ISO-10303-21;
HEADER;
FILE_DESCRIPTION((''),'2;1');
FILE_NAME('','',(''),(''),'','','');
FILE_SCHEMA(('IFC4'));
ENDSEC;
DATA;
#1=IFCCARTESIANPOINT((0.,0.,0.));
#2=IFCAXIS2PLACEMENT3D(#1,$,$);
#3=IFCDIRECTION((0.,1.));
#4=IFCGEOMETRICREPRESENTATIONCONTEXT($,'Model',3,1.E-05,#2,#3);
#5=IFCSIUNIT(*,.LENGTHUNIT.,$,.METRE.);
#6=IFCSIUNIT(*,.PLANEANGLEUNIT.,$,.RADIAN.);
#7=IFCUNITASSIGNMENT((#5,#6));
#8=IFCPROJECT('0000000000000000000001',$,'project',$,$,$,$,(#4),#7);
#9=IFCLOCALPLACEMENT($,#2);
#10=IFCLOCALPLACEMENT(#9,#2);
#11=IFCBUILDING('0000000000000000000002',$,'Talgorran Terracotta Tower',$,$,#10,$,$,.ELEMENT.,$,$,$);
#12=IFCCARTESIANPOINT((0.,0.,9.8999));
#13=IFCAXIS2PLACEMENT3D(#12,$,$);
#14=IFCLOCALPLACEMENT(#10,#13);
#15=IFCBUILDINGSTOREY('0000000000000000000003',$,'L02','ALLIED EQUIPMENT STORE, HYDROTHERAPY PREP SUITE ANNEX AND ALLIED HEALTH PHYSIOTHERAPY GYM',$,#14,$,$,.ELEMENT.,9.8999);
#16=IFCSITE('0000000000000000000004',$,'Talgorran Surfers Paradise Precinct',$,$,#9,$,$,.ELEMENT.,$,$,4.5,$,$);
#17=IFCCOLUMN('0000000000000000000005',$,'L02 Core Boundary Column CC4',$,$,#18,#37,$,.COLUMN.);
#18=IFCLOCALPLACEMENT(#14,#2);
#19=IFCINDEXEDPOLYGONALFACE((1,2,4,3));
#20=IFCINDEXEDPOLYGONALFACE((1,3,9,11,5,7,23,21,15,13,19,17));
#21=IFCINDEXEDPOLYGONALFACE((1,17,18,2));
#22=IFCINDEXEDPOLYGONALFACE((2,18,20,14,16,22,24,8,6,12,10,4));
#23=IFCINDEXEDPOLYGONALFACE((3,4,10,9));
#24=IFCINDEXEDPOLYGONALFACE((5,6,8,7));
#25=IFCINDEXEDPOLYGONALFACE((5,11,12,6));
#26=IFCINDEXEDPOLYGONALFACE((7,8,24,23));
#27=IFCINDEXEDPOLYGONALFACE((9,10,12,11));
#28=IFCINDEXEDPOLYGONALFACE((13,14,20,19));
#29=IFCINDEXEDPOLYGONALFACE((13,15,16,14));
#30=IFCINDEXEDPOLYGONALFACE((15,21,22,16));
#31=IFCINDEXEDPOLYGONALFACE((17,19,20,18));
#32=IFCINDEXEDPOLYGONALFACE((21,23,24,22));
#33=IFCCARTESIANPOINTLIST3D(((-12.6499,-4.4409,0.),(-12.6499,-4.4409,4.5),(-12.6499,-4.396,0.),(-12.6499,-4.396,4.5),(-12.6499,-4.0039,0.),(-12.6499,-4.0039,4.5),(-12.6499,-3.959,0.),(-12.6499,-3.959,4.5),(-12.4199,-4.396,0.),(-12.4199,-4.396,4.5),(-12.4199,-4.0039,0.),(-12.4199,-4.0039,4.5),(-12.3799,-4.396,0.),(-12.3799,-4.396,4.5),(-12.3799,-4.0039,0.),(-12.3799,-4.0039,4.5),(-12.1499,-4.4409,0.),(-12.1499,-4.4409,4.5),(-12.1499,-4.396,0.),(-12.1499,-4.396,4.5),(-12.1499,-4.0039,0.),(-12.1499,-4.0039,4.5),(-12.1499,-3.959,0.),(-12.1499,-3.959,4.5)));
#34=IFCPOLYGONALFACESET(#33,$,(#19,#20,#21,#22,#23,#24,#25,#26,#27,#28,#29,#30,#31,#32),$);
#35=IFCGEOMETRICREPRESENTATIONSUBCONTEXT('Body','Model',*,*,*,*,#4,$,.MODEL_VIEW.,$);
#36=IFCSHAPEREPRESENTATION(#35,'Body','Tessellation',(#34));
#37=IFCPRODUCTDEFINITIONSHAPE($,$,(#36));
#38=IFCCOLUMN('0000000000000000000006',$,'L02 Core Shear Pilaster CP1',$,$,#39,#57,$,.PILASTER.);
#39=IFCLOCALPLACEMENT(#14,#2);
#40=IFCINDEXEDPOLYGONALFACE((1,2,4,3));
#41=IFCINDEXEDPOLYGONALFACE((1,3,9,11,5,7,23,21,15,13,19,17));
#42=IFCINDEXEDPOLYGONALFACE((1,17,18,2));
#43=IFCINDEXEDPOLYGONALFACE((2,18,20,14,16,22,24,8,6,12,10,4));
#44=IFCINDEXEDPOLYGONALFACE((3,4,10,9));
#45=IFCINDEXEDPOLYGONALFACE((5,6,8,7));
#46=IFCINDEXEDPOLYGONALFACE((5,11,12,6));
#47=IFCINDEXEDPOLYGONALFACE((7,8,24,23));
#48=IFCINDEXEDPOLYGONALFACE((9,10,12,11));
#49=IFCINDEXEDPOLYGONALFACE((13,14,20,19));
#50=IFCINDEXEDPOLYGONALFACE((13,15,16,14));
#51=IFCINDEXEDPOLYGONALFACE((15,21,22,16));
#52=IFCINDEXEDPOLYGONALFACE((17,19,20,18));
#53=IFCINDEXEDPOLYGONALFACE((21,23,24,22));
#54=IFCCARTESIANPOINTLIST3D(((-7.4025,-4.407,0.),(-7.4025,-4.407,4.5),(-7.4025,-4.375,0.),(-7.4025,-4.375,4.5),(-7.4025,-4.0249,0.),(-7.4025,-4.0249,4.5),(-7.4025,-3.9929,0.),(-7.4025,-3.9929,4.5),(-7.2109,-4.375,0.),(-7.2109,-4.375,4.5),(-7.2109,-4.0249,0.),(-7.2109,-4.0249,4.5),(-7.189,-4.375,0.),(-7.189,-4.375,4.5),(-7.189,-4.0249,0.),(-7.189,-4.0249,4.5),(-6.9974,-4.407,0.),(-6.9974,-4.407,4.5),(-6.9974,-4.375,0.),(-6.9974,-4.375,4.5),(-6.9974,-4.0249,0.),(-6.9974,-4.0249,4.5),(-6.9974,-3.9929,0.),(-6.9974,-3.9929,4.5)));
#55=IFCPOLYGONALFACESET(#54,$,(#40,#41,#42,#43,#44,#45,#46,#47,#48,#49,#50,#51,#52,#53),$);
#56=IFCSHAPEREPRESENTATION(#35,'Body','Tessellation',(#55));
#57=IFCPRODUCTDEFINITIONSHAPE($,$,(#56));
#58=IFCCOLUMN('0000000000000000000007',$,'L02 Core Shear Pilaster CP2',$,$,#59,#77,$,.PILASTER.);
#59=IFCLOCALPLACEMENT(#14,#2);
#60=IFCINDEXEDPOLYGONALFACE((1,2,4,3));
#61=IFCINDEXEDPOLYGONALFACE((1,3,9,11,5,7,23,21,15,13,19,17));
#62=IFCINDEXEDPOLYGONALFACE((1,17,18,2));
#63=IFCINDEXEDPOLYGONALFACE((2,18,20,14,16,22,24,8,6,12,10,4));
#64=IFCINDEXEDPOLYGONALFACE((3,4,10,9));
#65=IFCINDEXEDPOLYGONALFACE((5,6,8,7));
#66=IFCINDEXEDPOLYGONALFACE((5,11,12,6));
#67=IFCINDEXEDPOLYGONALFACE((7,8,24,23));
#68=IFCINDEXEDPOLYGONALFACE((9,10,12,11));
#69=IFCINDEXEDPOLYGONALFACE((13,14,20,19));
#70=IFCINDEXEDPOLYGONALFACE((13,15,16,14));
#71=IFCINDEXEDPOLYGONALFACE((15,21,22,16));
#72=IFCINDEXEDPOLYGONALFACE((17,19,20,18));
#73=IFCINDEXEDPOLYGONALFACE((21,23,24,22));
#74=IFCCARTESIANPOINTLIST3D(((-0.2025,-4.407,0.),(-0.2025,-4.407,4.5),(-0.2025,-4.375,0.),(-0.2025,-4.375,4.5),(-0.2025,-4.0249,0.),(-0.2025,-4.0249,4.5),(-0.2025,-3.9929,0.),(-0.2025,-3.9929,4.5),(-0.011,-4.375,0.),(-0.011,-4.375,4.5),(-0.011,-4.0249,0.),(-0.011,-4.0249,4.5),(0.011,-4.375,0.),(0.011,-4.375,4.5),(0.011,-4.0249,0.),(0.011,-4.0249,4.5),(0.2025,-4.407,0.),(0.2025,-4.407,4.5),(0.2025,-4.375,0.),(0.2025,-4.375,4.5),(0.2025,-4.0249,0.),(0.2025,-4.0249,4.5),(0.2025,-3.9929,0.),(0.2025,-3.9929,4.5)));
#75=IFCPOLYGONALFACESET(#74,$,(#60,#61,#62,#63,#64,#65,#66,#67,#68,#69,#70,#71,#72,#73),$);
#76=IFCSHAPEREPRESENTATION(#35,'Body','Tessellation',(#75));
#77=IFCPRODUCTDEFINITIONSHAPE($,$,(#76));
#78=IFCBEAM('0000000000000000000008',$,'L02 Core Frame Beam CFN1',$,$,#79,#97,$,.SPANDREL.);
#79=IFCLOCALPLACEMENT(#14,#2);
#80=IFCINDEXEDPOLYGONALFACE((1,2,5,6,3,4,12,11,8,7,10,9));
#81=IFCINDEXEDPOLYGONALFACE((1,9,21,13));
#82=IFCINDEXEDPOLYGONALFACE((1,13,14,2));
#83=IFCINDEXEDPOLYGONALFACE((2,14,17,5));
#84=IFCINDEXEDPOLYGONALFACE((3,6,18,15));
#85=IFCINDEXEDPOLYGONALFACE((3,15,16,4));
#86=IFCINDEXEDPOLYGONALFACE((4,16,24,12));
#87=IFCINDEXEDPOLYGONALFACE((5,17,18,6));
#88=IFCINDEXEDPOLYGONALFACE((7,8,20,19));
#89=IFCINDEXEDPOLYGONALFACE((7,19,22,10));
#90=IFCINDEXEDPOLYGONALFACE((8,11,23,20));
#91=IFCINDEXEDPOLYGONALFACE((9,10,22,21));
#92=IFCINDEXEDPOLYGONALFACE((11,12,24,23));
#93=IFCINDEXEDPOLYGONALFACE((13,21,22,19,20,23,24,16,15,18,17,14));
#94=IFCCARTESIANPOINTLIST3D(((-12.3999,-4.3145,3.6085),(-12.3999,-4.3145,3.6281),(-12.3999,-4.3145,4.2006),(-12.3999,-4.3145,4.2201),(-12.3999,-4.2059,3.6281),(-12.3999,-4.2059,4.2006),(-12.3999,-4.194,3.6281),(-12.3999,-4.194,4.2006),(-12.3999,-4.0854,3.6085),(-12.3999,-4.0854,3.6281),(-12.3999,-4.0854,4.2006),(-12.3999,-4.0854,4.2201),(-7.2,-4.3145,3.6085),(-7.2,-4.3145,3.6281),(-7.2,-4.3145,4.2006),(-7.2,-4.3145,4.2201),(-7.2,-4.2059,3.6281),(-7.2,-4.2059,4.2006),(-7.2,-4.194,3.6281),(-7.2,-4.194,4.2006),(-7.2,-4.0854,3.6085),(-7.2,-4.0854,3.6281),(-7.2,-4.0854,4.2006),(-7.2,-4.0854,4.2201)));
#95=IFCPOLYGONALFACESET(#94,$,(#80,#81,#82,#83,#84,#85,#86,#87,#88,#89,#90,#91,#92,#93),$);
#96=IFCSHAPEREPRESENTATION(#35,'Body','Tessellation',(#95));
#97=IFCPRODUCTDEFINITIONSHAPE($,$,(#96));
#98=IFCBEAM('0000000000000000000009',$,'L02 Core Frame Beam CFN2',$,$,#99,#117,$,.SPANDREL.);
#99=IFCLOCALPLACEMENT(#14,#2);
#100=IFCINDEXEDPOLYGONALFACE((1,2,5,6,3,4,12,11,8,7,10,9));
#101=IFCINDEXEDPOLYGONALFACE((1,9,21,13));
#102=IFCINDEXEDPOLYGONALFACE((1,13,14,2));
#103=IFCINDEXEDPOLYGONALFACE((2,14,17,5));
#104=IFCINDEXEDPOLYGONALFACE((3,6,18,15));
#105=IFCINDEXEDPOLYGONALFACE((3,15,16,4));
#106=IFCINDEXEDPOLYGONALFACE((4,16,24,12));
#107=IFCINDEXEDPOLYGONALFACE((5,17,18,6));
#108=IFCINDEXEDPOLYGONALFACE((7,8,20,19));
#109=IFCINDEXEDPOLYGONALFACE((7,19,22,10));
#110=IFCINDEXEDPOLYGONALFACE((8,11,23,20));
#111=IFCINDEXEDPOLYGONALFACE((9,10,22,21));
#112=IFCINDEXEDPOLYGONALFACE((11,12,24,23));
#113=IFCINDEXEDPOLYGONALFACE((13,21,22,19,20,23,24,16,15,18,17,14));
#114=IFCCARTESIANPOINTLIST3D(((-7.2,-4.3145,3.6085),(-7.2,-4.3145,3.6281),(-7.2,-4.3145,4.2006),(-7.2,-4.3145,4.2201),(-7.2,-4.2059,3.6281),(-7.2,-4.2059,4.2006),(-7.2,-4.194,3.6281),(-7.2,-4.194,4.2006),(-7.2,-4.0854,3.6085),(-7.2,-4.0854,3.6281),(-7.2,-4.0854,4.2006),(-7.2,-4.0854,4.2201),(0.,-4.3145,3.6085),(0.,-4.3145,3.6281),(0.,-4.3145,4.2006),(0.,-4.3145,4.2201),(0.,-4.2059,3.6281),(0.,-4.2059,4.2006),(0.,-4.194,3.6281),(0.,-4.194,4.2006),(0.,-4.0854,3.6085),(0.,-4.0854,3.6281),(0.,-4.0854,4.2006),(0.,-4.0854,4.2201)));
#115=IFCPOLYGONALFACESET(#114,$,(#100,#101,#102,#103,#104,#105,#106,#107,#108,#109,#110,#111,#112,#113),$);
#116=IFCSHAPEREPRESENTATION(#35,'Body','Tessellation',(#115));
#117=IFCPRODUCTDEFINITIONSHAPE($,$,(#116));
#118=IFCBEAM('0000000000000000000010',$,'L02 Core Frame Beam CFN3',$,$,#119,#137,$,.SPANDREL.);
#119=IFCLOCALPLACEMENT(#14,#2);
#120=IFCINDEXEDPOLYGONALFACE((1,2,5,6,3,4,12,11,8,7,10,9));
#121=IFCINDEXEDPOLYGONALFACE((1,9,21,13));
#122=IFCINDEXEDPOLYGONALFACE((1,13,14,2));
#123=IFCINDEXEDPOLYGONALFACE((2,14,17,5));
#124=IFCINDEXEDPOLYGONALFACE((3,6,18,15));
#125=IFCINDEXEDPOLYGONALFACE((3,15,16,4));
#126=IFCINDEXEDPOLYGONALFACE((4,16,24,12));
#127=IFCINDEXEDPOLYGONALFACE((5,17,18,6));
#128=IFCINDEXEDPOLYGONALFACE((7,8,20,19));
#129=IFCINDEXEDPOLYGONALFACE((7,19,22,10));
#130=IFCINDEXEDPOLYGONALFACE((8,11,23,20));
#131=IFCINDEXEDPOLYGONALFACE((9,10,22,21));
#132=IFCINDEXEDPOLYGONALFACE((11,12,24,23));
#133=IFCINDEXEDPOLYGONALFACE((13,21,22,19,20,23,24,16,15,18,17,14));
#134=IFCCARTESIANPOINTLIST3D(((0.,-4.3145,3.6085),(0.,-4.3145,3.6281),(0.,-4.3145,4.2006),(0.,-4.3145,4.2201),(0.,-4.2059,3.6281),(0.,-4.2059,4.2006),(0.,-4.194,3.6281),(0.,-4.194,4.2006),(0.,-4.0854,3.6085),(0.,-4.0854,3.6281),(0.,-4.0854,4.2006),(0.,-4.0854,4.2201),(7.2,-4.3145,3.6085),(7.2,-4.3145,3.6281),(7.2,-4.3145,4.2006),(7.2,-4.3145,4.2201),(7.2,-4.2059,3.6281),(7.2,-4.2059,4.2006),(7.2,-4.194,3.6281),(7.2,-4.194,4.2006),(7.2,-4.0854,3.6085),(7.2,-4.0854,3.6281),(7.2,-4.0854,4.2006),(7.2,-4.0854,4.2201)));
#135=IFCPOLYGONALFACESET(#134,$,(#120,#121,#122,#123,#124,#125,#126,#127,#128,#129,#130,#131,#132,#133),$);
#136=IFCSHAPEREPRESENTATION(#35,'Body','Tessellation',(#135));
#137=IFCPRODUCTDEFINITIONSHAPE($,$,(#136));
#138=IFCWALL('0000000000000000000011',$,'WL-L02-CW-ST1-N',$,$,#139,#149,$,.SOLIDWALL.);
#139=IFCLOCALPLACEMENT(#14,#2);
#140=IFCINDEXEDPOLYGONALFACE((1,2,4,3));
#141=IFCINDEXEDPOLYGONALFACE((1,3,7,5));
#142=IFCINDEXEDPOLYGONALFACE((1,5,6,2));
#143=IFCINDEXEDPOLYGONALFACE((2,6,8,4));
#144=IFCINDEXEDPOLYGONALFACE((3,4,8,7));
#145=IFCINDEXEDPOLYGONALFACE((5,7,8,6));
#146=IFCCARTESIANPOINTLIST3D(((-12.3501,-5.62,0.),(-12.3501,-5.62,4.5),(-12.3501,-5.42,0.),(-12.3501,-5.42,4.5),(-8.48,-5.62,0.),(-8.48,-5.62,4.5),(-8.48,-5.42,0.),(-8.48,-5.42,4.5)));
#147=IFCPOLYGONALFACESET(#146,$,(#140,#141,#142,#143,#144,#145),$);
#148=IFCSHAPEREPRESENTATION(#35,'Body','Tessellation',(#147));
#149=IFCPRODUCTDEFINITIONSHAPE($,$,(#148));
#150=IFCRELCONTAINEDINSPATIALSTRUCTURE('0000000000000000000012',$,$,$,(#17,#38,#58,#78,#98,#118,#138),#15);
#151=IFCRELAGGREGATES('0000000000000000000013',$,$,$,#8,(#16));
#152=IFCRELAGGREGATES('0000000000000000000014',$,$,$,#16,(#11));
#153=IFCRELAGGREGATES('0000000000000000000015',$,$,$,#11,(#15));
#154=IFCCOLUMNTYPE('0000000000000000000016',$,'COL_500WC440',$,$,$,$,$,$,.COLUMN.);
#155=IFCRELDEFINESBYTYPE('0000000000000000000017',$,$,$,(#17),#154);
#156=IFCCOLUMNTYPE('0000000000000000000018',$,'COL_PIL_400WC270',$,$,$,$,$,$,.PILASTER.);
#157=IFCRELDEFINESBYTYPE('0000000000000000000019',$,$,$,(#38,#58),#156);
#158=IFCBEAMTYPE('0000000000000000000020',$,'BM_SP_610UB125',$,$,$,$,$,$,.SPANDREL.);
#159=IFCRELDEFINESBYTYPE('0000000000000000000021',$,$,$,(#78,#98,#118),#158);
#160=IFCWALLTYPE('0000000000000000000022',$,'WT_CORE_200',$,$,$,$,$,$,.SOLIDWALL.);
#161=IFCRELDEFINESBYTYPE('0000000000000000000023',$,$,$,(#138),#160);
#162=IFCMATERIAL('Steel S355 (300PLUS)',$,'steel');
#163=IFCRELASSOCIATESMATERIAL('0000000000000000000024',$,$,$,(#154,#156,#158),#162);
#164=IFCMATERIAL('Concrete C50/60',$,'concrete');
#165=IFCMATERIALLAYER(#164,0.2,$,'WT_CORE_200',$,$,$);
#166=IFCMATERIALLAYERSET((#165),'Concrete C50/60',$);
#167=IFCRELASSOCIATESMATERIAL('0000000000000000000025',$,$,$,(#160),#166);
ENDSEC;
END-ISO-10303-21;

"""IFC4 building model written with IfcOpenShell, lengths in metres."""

from ifc_helpers import new_model, si_unit, direction, frame, frame_2d, origin, origin_2d, place, context, subcontext, project, spatial, rectangle, i_section, extrude, material, layer, layer_set, material_profile, profile_set, type_object, element, save


model = new_model("IFC4")

# Units and contexts
model_context = context("Model", 3, precision=1e-05, world=origin(), true_north=direction((0.0, 1.0)))
body_context = subcontext(model_context, "Body", "Model", "MODEL_VIEW")
ifc_project = project(units=[si_unit("LENGTHUNIT", "METRE"), si_unit("PLANEANGLEUNIT", "RADIAN")], contexts=[model_context])

# Site, building, storey
site_placement = place(None, origin())
site = spatial("IfcSite", under=ifc_project, at=site_placement, Name="Talgorran Surfers Paradise Precinct", CompositionType="ELEMENT", RefElevation=4.5)
building_placement = place(site_placement, origin())
building = spatial("IfcBuilding", under=site, at=building_placement, Name="Talgorran Terracotta Tower", CompositionType="ELEMENT")
storey_placement = place(building_placement, frame((0.0, 0.0, 9.8999)))
storey = spatial("IfcBuildingStorey", under=building, at=storey_placement, Name="L02", Description="ALLIED EQUIPMENT STORE, HYDROTHERAPY PREP SUITE ANNEX AND ALLIED HEALTH PHYSIOTHERAPY GYM", CompositionType="ELEMENT", Elevation=9.8999)

# Columns
ifc_material_1 = material(Name="Steel S355 (300PLUS)", Category="steel")
ifc_material_profile_1 = material_profile(ifc_material_1, i_section(OverallWidth=0.5, OverallDepth=0.4819, WebThickness=0.04, FlangeThickness=0.0449, at=origin_2d()), Name="500WC440")
ifc_profile_set_1 = profile_set([ifc_material_profile_1], Name="Steel S355 (300PLUS)")
column_type_1 = type_object("IfcColumnType", Name="COL_500WC440", PredefinedType="COLUMN", material=ifc_profile_set_1)
column_placement = place(storey_placement, frame((-12.3999, -4.2, 0.0), z_axis=(0.0, 0.0, 1.0), x_axis=(1.0, 0.0, 0.0)))
element("IfcColumn", 1, at=column_placement, inside=storey, type_object=column_type_1, Name="L02 Core Boundary Column CC4", PredefinedType="COLUMN", context=body_context, shape_type="SweptSolid", body=[
    extrude(i_section(OverallWidth=0.5, OverallDepth=0.4819, WebThickness=0.04, FlangeThickness=0.0449, at=origin_2d()), origin(), (0.0, 0.0, 1.0), 4.5),
])
ifc_material_profile_2 = material_profile(ifc_material_1, i_section(OverallWidth=0.405, OverallDepth=0.4141, WebThickness=0.022, FlangeThickness=0.032, at=origin_2d()), Name="400WC270")
ifc_profile_set_2 = profile_set([ifc_material_profile_2], Name="Steel S355 (300PLUS)")
column_type_2 = type_object("IfcColumnType", Name="COL_PIL_400WC270", PredefinedType="PILASTER", material=ifc_profile_set_2)
for number, where, z_axis, x_axis, name in (
    (2, (-7.2, -4.2, 0.0), (0.0, 0.0, 1.0), (1.0, 0.0, 0.0), "L02 Core Shear Pilaster CP1"),
    (3, (0.0, -4.2, 0.0), (0.0, 0.0, 1.0), (1.0, 0.0, 0.0), "L02 Core Shear Pilaster CP2"),
):
    element("IfcColumn", number, at=place(storey_placement, frame(where, z_axis=z_axis, x_axis=x_axis)), inside=storey, type_object=column_type_2, Name=name, PredefinedType="PILASTER", context=body_context, shape_type="SweptSolid", body=[
        extrude(i_section(OverallWidth=0.405, OverallDepth=0.4141, WebThickness=0.022, FlangeThickness=0.032, at=origin_2d()), origin(), (0.0, 0.0, 1.0), 4.5),
    ])

# Beams
ifc_material_profile_3 = material_profile(ifc_material_1, i_section(OverallWidth=0.229, OverallDepth=0.6116, WebThickness=0.012, FlangeThickness=0.0195, at=origin_2d()), Name="610UB125")
ifc_profile_set_3 = profile_set([ifc_material_profile_3], Name="Steel S355 (300PLUS)")
beam_type = type_object("IfcBeamType", Name="BM_SP_610UB125", PredefinedType="SPANDREL", material=ifc_profile_set_3)
beam_placement = place(storey_placement, frame((-12.3999, -4.2, 3.9143), z_axis=(1.0, 0.0, 0.0), x_axis=(0.0, 1.0, 0.0)))
element("IfcBeam", 4, at=beam_placement, inside=storey, type_object=beam_type, Name="L02 Core Frame Beam CFN1", PredefinedType="SPANDREL", context=body_context, shape_type="SweptSolid", body=[
    extrude(i_section(OverallWidth=0.229, OverallDepth=0.6116, WebThickness=0.012, FlangeThickness=0.0195, at=origin_2d()), origin(), (0.0, 0.0, 1.0), 5.2),
])
for number, where, z_axis, x_axis, name in (
    (5, (-7.2, -4.2, 3.9143), (1.0, 0.0, 0.0), (0.0, 1.0, 0.0), "L02 Core Frame Beam CFN2"),
    (6, (0.0, -4.2, 3.9143), (1.0, 0.0, 0.0), (0.0, 1.0, 0.0), "L02 Core Frame Beam CFN3"),
):
    element("IfcBeam", number, at=place(storey_placement, frame(where, z_axis=z_axis, x_axis=x_axis)), inside=storey, type_object=beam_type, Name=name, PredefinedType="SPANDREL", context=body_context, shape_type="SweptSolid", body=[
        extrude(i_section(OverallWidth=0.229, OverallDepth=0.6116, WebThickness=0.012, FlangeThickness=0.0195, at=origin_2d()), origin(), (0.0, 0.0, 1.0), 7.2),
    ])

# Wall
ifc_material_2 = material(Name="Concrete C50/60", Category="concrete")
ifc_layer_1 = layer(ifc_material_2, 0.2, Name="WT_CORE_200")
ifc_layer_set_1 = layer_set([ifc_layer_1], Name="Concrete C50/60")
wall_type_1 = type_object("IfcWallType", Name="WT_CORE_200", PredefinedType="SOLIDWALL", material=ifc_layer_set_1)
wall_1_placement = place(storey_placement, frame((-12.3501, -5.52, 0.0), z_axis=(0.0, 0.0, 1.0), x_axis=(1.0, 0.0, 0.0)))
element("IfcWall", 7, at=wall_1_placement, inside=storey, type_object=wall_type_1, Name="WL-L02-CW-ST1-N", PredefinedType="SOLIDWALL", context=body_context, shape_type="SweptSolid", body=[
    extrude(rectangle(XDim=3.8701, YDim=0.2, at=frame_2d((1.9351, 0.0))), origin(), (0.0, 0.0, 1.0), 4.5),
])

save(model, "model.ifc")
